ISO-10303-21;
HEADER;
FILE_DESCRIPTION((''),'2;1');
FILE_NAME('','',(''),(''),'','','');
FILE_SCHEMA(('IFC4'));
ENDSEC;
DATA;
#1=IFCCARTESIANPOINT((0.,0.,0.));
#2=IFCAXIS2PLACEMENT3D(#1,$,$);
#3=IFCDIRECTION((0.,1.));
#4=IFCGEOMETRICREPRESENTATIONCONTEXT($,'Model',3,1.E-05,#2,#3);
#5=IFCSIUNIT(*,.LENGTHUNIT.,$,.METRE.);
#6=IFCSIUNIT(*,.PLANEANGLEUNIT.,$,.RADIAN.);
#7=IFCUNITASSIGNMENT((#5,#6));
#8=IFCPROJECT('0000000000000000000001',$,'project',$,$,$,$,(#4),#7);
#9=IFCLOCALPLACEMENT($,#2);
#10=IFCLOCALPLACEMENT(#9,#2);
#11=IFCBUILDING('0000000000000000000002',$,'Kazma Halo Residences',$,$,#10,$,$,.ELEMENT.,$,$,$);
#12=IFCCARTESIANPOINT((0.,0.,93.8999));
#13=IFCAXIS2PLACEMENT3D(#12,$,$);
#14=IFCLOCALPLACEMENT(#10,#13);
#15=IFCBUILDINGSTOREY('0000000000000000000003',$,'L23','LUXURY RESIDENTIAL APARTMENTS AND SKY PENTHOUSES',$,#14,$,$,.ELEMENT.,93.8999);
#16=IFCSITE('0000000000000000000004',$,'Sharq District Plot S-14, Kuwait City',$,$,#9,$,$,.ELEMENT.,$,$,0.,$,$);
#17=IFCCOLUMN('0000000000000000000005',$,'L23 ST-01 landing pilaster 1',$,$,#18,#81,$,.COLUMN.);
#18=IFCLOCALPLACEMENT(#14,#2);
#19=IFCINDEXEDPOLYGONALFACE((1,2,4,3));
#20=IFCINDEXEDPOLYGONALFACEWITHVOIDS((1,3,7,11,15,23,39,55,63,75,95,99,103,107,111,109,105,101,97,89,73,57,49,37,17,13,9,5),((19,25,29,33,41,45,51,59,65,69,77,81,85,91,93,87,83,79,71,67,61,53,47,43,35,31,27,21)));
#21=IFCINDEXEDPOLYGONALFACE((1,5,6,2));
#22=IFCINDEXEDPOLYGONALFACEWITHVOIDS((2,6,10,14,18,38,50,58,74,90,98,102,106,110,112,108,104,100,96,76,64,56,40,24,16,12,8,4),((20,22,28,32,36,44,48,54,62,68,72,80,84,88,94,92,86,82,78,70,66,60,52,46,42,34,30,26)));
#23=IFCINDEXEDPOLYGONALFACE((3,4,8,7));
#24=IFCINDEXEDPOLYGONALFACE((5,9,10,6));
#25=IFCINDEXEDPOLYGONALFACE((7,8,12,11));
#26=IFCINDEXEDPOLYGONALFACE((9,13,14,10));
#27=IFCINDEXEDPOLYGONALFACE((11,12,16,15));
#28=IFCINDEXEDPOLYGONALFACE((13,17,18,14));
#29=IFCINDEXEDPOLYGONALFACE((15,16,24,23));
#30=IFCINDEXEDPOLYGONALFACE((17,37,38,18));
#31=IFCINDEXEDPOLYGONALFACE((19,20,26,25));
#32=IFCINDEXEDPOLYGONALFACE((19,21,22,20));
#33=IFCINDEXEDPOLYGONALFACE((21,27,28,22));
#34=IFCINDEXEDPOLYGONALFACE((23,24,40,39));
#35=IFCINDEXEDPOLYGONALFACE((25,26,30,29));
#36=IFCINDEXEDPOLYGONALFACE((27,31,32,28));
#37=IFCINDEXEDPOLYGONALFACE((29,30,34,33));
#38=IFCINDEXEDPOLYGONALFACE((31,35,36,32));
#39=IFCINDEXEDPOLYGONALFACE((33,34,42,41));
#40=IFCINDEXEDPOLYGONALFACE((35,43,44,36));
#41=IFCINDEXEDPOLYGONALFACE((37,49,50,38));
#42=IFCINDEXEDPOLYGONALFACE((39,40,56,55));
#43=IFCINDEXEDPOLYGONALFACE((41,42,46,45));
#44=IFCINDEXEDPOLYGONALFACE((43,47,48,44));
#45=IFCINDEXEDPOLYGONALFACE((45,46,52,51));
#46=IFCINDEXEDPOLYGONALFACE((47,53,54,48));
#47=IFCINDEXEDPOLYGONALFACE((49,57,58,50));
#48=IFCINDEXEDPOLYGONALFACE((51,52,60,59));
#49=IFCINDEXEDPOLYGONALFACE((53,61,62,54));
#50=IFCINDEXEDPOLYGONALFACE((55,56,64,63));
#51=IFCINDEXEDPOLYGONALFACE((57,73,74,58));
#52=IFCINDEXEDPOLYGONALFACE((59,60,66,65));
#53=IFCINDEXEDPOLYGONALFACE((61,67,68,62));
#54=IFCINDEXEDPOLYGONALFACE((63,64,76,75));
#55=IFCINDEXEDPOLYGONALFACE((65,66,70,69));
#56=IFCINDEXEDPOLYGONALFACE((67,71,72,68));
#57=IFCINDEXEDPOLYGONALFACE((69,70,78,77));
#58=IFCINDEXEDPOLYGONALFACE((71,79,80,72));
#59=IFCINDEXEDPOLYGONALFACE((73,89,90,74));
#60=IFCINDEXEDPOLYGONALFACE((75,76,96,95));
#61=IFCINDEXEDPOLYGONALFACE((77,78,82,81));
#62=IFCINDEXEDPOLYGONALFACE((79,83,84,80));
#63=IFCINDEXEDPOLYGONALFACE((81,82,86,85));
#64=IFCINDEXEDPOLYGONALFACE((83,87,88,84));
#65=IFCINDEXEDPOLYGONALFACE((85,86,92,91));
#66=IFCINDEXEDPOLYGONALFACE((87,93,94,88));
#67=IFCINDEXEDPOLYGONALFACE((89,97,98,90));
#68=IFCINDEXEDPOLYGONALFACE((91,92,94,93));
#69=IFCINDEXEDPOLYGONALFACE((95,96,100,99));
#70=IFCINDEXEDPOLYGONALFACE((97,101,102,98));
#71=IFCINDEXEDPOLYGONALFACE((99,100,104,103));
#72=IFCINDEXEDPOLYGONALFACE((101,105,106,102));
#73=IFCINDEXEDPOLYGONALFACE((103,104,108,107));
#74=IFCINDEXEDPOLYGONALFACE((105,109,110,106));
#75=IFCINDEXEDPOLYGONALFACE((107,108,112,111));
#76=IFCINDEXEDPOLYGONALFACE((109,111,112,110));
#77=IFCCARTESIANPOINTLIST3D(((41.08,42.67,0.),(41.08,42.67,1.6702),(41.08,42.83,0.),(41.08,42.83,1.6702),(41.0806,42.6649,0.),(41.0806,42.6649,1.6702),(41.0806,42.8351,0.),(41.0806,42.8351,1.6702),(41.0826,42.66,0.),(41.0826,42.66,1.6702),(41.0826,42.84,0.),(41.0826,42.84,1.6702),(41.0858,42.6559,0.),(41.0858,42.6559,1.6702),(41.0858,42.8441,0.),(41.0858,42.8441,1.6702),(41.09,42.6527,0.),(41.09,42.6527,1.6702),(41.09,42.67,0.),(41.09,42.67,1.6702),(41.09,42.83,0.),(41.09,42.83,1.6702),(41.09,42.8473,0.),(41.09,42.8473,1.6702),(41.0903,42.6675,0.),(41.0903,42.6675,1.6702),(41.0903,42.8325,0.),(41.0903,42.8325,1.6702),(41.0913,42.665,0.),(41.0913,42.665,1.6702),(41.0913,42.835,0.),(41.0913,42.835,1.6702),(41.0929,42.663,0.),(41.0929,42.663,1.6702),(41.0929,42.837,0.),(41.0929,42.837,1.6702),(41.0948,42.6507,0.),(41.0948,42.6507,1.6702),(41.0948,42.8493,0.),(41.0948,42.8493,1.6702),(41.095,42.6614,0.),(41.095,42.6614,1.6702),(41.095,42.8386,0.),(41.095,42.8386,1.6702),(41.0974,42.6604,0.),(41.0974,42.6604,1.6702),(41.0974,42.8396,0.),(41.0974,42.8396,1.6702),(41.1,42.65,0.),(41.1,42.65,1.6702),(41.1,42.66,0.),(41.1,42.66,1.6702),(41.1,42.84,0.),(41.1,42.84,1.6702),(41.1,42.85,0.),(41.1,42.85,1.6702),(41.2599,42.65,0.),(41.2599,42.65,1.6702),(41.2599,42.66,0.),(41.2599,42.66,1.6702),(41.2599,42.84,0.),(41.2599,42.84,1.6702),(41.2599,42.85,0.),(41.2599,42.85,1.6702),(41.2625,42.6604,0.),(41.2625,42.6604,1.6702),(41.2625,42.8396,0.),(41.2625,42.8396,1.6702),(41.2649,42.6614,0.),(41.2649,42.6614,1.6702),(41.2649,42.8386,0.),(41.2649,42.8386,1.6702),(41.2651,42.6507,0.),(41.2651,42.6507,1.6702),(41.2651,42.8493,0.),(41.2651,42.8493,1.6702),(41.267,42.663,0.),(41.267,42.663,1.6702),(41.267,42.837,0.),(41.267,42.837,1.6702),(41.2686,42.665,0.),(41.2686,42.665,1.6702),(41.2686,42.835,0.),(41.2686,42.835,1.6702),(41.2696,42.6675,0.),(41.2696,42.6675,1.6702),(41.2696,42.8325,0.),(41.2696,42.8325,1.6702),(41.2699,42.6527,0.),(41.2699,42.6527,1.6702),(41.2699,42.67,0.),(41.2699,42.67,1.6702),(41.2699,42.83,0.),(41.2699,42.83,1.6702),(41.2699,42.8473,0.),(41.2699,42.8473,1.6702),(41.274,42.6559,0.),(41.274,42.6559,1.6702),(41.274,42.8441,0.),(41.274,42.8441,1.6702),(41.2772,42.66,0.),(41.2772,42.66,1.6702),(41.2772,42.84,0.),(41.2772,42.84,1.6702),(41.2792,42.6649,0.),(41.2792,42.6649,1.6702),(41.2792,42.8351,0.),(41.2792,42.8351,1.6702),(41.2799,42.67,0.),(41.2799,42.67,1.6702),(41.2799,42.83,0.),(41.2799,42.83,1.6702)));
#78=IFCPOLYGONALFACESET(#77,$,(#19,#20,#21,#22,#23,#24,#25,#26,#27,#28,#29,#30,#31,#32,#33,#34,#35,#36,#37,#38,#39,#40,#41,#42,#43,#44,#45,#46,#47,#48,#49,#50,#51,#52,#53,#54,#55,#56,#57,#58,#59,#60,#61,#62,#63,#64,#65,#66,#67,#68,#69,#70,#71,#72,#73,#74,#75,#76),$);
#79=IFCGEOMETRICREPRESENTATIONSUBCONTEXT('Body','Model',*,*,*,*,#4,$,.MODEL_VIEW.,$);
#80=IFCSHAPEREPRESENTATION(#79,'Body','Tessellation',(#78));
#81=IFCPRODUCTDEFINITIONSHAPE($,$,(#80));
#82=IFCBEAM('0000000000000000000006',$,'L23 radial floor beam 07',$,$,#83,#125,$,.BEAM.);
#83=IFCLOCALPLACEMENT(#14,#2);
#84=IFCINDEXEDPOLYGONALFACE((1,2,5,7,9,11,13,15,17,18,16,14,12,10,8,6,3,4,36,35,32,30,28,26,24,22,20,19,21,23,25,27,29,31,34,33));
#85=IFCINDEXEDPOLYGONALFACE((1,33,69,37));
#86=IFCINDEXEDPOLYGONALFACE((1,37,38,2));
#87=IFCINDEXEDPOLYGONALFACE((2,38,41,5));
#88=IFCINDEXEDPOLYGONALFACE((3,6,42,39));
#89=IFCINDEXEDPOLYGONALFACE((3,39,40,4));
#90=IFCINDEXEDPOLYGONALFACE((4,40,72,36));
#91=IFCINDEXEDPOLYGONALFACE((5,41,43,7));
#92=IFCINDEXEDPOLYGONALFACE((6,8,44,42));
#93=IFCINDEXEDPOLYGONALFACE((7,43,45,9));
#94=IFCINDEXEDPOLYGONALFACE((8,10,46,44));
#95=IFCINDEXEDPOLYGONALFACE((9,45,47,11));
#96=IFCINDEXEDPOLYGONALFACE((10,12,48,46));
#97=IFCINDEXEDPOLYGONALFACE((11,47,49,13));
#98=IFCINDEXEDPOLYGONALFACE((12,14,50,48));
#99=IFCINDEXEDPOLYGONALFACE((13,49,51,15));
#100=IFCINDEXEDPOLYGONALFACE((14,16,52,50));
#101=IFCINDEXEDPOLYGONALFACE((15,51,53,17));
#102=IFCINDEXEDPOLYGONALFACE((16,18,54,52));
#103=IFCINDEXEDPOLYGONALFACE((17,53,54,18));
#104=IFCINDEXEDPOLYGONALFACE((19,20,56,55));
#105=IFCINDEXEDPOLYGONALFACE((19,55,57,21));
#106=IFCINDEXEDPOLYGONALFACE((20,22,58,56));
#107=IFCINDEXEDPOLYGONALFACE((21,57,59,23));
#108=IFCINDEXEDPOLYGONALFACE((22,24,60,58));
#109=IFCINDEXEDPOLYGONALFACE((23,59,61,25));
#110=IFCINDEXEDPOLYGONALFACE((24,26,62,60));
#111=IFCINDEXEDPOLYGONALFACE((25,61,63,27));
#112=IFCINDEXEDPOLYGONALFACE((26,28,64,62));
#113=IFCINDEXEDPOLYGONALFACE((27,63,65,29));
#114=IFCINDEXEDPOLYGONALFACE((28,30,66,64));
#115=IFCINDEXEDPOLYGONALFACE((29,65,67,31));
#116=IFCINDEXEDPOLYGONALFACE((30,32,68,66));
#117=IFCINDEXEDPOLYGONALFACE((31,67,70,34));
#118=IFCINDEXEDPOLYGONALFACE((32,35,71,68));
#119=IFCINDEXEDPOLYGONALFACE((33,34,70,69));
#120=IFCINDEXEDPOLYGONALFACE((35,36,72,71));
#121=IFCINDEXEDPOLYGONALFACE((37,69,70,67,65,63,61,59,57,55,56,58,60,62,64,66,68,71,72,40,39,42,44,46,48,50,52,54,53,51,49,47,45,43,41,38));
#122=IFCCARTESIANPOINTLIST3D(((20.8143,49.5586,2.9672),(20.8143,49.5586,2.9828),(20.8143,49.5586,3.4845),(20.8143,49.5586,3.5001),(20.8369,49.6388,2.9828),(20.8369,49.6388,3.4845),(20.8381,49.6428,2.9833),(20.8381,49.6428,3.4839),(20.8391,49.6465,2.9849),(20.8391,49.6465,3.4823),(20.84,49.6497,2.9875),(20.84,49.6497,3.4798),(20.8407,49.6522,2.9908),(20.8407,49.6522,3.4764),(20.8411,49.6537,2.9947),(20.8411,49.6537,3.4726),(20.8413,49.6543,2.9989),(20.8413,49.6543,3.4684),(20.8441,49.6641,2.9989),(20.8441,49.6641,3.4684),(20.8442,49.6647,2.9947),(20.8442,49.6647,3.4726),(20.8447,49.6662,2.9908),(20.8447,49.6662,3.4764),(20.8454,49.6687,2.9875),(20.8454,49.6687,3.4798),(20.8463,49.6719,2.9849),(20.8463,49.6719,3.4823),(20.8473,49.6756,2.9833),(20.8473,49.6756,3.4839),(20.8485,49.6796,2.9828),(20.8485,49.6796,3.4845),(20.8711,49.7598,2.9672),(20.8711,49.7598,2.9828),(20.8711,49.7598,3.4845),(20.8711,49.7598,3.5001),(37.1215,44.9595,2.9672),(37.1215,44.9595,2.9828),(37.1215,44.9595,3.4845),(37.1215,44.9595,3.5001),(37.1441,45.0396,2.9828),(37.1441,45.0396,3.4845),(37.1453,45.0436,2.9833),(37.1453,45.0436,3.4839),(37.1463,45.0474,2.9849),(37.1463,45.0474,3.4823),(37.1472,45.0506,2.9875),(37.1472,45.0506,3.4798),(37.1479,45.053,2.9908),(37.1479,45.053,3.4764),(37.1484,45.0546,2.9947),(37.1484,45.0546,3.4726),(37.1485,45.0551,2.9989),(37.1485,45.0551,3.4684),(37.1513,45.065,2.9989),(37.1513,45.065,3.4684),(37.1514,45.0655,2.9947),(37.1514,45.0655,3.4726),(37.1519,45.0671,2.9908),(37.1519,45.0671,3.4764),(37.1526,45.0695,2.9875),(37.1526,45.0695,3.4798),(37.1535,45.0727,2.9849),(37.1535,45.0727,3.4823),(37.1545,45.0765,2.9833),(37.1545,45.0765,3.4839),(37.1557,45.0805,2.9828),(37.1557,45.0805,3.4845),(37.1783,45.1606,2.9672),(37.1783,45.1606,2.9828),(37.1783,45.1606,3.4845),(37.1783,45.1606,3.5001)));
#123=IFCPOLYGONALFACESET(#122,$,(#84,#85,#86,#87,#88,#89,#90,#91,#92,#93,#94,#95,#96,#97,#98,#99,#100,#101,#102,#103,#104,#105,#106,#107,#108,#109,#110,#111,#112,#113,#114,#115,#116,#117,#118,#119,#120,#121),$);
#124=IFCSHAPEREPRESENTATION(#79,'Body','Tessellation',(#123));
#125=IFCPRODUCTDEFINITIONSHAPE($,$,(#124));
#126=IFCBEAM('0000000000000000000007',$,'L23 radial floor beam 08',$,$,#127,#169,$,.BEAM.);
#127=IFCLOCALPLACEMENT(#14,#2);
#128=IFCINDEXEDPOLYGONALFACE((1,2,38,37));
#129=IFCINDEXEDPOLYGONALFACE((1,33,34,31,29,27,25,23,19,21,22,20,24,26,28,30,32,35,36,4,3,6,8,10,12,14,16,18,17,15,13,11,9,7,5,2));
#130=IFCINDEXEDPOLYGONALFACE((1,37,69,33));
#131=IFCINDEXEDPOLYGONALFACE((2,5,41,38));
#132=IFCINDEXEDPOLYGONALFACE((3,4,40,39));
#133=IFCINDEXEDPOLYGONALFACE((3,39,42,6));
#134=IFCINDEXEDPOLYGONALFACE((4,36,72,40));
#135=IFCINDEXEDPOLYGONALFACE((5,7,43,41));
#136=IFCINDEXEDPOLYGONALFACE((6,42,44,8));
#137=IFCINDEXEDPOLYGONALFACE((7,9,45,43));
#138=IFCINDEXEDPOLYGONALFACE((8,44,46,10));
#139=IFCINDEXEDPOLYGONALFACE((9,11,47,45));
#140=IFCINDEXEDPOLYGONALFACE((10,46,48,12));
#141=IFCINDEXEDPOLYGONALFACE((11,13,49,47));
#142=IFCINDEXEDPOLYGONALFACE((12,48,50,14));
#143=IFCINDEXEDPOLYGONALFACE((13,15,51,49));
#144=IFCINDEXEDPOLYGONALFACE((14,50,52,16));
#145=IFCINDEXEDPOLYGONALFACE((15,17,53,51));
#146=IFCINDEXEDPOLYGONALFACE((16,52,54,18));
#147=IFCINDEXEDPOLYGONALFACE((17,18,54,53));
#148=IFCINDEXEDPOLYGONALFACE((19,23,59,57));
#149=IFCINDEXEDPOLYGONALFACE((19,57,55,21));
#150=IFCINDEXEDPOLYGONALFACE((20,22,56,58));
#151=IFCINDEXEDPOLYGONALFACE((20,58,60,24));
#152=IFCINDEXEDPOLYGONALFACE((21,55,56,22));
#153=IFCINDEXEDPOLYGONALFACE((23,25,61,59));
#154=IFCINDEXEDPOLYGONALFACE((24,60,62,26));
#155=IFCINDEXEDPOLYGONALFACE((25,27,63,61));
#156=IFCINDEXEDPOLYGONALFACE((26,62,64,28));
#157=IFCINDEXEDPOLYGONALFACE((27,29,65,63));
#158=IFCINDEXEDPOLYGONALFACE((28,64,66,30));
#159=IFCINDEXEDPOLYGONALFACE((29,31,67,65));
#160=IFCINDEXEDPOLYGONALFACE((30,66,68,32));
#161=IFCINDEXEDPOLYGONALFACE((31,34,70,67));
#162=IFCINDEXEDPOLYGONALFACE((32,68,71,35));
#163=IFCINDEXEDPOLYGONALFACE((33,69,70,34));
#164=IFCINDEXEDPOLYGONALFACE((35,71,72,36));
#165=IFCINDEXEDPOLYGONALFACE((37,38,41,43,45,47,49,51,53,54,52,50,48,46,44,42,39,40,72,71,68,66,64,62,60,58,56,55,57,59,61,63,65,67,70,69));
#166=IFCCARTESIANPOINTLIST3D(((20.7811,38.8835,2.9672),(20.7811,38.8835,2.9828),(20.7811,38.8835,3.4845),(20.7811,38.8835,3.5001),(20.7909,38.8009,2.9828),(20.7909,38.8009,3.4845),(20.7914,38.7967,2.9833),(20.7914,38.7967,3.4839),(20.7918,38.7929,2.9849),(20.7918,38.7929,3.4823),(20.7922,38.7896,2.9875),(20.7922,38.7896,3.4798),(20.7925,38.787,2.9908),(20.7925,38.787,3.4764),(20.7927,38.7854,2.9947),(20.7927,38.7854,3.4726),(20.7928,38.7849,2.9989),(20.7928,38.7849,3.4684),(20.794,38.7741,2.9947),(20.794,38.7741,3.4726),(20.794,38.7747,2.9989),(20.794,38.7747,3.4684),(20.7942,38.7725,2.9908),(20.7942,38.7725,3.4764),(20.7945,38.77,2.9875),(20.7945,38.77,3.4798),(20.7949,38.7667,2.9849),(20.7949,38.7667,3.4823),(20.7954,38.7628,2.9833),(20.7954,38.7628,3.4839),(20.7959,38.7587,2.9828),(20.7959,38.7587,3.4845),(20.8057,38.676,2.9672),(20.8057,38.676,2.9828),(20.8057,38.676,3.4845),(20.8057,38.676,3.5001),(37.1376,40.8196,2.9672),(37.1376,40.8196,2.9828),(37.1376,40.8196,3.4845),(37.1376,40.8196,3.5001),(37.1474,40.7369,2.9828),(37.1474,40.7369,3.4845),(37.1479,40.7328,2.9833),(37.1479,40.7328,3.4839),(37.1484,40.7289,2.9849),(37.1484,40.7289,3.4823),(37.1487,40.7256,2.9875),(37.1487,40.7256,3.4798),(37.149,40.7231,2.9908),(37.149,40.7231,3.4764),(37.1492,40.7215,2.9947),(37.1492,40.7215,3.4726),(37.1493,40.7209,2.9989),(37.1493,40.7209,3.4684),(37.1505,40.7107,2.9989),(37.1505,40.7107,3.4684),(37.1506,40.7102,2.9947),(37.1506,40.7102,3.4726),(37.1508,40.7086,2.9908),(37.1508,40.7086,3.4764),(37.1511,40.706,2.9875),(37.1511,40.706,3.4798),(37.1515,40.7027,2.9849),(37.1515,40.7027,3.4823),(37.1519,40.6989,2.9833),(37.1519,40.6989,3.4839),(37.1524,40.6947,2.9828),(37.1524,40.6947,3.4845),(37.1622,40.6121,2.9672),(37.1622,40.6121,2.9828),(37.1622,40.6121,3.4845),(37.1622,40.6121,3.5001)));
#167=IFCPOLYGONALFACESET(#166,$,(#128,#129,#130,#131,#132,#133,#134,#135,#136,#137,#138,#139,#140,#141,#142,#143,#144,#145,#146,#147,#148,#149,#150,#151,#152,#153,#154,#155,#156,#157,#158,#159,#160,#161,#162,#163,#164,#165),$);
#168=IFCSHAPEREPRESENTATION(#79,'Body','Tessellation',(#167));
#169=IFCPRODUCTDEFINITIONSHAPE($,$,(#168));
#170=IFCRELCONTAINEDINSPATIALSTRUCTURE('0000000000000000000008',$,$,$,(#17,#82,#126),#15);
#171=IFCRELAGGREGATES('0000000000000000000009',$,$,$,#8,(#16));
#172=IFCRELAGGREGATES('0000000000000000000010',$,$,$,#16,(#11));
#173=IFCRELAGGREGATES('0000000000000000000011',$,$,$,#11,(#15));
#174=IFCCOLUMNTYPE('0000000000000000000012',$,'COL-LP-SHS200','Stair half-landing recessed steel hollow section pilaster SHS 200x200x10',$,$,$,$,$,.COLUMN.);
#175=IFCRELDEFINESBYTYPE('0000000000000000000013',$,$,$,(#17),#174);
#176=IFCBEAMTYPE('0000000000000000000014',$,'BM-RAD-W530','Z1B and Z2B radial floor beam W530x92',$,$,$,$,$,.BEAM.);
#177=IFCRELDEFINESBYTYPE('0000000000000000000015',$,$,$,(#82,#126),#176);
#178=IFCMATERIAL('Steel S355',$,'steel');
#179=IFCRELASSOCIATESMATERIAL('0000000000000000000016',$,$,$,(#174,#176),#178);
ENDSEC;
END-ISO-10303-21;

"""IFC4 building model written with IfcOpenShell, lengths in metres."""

from ifc_helpers import new_model, si_unit, direction, frame, origin, origin_2d, place, context, subcontext, project, spatial, hollow_rectangle, i_section, extrude, material, material_profile, profile_set, type_object, element, save


model = new_model("IFC4")

# Units and contexts
model_context = context("Model", 3, precision=1e-05, world=origin(), true_north=direction((0.0, 1.0)))
body_context = subcontext(model_context, "Body", "Model", "MODEL_VIEW")
ifc_project = project(units=[si_unit("LENGTHUNIT", "METRE"), si_unit("PLANEANGLEUNIT", "RADIAN")], contexts=[model_context])

# Site, building, storey
site_placement = place(None, origin())
site = spatial("IfcSite", under=ifc_project, at=site_placement, Name="Sharq District Plot S-14, Kuwait City", CompositionType="ELEMENT", RefElevation=0.0)
building_placement = place(site_placement, origin())
building = spatial("IfcBuilding", under=site, at=building_placement, Name="Kazma Halo Residences", CompositionType="ELEMENT")
storey_placement = place(building_placement, frame((0.0, 0.0, 93.8999)))
storey = spatial("IfcBuildingStorey", under=building, at=storey_placement, Name="L23", Description="LUXURY RESIDENTIAL APARTMENTS AND SKY PENTHOUSES", CompositionType="ELEMENT", Elevation=93.8999)

# Column
ifc_material_1 = material(Name="Steel S355", Category="steel")
ifc_material_profile_1 = material_profile(ifc_material_1, hollow_rectangle(XDim=0.2, YDim=0.2, WallThickness=0.01, InnerFilletRadius=0.01, OuterFilletRadius=0.02, at=origin_2d()), Name="SHS200x200x10")
ifc_profile_set_1 = profile_set([ifc_material_profile_1], Name="Steel S355")
column_type = type_object("IfcColumnType", Name="COL-LP-SHS200", Description="Stair half-landing recessed steel hollow section pilaster SHS 200x200x10", PredefinedType="COLUMN", material=ifc_profile_set_1)
column_placement = place(storey_placement, frame((41.1799, 42.75, 0.0), z_axis=(0.0, 0.0, 1.0), x_axis=(1.0, 0.0, 0.0)))
element("IfcColumn", 1, at=column_placement, inside=storey, type_object=column_type, Name="L23 ST-01 landing pilaster 1", PredefinedType="COLUMN", context=body_context, shape_type="SweptSolid", body=[
    extrude(hollow_rectangle(XDim=0.2, YDim=0.2, WallThickness=0.01, InnerFilletRadius=0.01, OuterFilletRadius=0.02, at=origin_2d()), origin(), (0.0, 0.0, 1.0), 1.6702),
])

# Beams
ifc_material_profile_2 = material_profile(ifc_material_1, i_section(OverallWidth=0.209, OverallDepth=0.533, WebThickness=0.0103, FlangeThickness=0.0156, FilletRadius=0.0161, at=origin_2d()), Name="W530x92")
ifc_profile_set_2 = profile_set([ifc_material_profile_2], Name="Steel S355")
beam_type_1 = type_object("IfcBeamType", Name="BM-RAD-W530", Description="Z1B and Z2B radial floor beam W530x92", PredefinedType="BEAM", material=ifc_profile_set_2)
beam_1_placement = place(storey_placement, frame((37.1499, 45.0601, 3.2336), z_axis=(-0.962455, 0.271442, 0.0), x_axis=(-0.271442, -0.962455, 0.0)))
element("IfcBeam", 2, at=beam_1_placement, inside=storey, type_object=beam_type_1, Name="L23 radial floor beam 07", PredefinedType="BEAM", context=body_context, shape_type="SweptSolid", body=[
    extrude(i_section(OverallWidth=0.209, OverallDepth=0.533, WebThickness=0.0103, FlangeThickness=0.0156, FilletRadius=0.0161, at=origin_2d()), origin(), (0.0, 0.0, 1.0), 16.9434),
])
beam_2_placement = place(storey_placement, frame((37.1499, 40.7158, 3.2336), z_axis=(-0.993068, -0.117545, 0.0), x_axis=(0.117545, -0.993068, 0.0)))
element("IfcBeam", 3, at=beam_2_placement, inside=storey, type_object=beam_type_1, Name="L23 radial floor beam 08", PredefinedType="BEAM", context=body_context, shape_type="SweptSolid", body=[
    extrude(i_section(OverallWidth=0.209, OverallDepth=0.533, WebThickness=0.0103, FlangeThickness=0.0156, FilletRadius=0.0161, at=origin_2d()), origin(), (0.0, 0.0, 1.0), 16.4707),
])

save(model, "model.ifc")
